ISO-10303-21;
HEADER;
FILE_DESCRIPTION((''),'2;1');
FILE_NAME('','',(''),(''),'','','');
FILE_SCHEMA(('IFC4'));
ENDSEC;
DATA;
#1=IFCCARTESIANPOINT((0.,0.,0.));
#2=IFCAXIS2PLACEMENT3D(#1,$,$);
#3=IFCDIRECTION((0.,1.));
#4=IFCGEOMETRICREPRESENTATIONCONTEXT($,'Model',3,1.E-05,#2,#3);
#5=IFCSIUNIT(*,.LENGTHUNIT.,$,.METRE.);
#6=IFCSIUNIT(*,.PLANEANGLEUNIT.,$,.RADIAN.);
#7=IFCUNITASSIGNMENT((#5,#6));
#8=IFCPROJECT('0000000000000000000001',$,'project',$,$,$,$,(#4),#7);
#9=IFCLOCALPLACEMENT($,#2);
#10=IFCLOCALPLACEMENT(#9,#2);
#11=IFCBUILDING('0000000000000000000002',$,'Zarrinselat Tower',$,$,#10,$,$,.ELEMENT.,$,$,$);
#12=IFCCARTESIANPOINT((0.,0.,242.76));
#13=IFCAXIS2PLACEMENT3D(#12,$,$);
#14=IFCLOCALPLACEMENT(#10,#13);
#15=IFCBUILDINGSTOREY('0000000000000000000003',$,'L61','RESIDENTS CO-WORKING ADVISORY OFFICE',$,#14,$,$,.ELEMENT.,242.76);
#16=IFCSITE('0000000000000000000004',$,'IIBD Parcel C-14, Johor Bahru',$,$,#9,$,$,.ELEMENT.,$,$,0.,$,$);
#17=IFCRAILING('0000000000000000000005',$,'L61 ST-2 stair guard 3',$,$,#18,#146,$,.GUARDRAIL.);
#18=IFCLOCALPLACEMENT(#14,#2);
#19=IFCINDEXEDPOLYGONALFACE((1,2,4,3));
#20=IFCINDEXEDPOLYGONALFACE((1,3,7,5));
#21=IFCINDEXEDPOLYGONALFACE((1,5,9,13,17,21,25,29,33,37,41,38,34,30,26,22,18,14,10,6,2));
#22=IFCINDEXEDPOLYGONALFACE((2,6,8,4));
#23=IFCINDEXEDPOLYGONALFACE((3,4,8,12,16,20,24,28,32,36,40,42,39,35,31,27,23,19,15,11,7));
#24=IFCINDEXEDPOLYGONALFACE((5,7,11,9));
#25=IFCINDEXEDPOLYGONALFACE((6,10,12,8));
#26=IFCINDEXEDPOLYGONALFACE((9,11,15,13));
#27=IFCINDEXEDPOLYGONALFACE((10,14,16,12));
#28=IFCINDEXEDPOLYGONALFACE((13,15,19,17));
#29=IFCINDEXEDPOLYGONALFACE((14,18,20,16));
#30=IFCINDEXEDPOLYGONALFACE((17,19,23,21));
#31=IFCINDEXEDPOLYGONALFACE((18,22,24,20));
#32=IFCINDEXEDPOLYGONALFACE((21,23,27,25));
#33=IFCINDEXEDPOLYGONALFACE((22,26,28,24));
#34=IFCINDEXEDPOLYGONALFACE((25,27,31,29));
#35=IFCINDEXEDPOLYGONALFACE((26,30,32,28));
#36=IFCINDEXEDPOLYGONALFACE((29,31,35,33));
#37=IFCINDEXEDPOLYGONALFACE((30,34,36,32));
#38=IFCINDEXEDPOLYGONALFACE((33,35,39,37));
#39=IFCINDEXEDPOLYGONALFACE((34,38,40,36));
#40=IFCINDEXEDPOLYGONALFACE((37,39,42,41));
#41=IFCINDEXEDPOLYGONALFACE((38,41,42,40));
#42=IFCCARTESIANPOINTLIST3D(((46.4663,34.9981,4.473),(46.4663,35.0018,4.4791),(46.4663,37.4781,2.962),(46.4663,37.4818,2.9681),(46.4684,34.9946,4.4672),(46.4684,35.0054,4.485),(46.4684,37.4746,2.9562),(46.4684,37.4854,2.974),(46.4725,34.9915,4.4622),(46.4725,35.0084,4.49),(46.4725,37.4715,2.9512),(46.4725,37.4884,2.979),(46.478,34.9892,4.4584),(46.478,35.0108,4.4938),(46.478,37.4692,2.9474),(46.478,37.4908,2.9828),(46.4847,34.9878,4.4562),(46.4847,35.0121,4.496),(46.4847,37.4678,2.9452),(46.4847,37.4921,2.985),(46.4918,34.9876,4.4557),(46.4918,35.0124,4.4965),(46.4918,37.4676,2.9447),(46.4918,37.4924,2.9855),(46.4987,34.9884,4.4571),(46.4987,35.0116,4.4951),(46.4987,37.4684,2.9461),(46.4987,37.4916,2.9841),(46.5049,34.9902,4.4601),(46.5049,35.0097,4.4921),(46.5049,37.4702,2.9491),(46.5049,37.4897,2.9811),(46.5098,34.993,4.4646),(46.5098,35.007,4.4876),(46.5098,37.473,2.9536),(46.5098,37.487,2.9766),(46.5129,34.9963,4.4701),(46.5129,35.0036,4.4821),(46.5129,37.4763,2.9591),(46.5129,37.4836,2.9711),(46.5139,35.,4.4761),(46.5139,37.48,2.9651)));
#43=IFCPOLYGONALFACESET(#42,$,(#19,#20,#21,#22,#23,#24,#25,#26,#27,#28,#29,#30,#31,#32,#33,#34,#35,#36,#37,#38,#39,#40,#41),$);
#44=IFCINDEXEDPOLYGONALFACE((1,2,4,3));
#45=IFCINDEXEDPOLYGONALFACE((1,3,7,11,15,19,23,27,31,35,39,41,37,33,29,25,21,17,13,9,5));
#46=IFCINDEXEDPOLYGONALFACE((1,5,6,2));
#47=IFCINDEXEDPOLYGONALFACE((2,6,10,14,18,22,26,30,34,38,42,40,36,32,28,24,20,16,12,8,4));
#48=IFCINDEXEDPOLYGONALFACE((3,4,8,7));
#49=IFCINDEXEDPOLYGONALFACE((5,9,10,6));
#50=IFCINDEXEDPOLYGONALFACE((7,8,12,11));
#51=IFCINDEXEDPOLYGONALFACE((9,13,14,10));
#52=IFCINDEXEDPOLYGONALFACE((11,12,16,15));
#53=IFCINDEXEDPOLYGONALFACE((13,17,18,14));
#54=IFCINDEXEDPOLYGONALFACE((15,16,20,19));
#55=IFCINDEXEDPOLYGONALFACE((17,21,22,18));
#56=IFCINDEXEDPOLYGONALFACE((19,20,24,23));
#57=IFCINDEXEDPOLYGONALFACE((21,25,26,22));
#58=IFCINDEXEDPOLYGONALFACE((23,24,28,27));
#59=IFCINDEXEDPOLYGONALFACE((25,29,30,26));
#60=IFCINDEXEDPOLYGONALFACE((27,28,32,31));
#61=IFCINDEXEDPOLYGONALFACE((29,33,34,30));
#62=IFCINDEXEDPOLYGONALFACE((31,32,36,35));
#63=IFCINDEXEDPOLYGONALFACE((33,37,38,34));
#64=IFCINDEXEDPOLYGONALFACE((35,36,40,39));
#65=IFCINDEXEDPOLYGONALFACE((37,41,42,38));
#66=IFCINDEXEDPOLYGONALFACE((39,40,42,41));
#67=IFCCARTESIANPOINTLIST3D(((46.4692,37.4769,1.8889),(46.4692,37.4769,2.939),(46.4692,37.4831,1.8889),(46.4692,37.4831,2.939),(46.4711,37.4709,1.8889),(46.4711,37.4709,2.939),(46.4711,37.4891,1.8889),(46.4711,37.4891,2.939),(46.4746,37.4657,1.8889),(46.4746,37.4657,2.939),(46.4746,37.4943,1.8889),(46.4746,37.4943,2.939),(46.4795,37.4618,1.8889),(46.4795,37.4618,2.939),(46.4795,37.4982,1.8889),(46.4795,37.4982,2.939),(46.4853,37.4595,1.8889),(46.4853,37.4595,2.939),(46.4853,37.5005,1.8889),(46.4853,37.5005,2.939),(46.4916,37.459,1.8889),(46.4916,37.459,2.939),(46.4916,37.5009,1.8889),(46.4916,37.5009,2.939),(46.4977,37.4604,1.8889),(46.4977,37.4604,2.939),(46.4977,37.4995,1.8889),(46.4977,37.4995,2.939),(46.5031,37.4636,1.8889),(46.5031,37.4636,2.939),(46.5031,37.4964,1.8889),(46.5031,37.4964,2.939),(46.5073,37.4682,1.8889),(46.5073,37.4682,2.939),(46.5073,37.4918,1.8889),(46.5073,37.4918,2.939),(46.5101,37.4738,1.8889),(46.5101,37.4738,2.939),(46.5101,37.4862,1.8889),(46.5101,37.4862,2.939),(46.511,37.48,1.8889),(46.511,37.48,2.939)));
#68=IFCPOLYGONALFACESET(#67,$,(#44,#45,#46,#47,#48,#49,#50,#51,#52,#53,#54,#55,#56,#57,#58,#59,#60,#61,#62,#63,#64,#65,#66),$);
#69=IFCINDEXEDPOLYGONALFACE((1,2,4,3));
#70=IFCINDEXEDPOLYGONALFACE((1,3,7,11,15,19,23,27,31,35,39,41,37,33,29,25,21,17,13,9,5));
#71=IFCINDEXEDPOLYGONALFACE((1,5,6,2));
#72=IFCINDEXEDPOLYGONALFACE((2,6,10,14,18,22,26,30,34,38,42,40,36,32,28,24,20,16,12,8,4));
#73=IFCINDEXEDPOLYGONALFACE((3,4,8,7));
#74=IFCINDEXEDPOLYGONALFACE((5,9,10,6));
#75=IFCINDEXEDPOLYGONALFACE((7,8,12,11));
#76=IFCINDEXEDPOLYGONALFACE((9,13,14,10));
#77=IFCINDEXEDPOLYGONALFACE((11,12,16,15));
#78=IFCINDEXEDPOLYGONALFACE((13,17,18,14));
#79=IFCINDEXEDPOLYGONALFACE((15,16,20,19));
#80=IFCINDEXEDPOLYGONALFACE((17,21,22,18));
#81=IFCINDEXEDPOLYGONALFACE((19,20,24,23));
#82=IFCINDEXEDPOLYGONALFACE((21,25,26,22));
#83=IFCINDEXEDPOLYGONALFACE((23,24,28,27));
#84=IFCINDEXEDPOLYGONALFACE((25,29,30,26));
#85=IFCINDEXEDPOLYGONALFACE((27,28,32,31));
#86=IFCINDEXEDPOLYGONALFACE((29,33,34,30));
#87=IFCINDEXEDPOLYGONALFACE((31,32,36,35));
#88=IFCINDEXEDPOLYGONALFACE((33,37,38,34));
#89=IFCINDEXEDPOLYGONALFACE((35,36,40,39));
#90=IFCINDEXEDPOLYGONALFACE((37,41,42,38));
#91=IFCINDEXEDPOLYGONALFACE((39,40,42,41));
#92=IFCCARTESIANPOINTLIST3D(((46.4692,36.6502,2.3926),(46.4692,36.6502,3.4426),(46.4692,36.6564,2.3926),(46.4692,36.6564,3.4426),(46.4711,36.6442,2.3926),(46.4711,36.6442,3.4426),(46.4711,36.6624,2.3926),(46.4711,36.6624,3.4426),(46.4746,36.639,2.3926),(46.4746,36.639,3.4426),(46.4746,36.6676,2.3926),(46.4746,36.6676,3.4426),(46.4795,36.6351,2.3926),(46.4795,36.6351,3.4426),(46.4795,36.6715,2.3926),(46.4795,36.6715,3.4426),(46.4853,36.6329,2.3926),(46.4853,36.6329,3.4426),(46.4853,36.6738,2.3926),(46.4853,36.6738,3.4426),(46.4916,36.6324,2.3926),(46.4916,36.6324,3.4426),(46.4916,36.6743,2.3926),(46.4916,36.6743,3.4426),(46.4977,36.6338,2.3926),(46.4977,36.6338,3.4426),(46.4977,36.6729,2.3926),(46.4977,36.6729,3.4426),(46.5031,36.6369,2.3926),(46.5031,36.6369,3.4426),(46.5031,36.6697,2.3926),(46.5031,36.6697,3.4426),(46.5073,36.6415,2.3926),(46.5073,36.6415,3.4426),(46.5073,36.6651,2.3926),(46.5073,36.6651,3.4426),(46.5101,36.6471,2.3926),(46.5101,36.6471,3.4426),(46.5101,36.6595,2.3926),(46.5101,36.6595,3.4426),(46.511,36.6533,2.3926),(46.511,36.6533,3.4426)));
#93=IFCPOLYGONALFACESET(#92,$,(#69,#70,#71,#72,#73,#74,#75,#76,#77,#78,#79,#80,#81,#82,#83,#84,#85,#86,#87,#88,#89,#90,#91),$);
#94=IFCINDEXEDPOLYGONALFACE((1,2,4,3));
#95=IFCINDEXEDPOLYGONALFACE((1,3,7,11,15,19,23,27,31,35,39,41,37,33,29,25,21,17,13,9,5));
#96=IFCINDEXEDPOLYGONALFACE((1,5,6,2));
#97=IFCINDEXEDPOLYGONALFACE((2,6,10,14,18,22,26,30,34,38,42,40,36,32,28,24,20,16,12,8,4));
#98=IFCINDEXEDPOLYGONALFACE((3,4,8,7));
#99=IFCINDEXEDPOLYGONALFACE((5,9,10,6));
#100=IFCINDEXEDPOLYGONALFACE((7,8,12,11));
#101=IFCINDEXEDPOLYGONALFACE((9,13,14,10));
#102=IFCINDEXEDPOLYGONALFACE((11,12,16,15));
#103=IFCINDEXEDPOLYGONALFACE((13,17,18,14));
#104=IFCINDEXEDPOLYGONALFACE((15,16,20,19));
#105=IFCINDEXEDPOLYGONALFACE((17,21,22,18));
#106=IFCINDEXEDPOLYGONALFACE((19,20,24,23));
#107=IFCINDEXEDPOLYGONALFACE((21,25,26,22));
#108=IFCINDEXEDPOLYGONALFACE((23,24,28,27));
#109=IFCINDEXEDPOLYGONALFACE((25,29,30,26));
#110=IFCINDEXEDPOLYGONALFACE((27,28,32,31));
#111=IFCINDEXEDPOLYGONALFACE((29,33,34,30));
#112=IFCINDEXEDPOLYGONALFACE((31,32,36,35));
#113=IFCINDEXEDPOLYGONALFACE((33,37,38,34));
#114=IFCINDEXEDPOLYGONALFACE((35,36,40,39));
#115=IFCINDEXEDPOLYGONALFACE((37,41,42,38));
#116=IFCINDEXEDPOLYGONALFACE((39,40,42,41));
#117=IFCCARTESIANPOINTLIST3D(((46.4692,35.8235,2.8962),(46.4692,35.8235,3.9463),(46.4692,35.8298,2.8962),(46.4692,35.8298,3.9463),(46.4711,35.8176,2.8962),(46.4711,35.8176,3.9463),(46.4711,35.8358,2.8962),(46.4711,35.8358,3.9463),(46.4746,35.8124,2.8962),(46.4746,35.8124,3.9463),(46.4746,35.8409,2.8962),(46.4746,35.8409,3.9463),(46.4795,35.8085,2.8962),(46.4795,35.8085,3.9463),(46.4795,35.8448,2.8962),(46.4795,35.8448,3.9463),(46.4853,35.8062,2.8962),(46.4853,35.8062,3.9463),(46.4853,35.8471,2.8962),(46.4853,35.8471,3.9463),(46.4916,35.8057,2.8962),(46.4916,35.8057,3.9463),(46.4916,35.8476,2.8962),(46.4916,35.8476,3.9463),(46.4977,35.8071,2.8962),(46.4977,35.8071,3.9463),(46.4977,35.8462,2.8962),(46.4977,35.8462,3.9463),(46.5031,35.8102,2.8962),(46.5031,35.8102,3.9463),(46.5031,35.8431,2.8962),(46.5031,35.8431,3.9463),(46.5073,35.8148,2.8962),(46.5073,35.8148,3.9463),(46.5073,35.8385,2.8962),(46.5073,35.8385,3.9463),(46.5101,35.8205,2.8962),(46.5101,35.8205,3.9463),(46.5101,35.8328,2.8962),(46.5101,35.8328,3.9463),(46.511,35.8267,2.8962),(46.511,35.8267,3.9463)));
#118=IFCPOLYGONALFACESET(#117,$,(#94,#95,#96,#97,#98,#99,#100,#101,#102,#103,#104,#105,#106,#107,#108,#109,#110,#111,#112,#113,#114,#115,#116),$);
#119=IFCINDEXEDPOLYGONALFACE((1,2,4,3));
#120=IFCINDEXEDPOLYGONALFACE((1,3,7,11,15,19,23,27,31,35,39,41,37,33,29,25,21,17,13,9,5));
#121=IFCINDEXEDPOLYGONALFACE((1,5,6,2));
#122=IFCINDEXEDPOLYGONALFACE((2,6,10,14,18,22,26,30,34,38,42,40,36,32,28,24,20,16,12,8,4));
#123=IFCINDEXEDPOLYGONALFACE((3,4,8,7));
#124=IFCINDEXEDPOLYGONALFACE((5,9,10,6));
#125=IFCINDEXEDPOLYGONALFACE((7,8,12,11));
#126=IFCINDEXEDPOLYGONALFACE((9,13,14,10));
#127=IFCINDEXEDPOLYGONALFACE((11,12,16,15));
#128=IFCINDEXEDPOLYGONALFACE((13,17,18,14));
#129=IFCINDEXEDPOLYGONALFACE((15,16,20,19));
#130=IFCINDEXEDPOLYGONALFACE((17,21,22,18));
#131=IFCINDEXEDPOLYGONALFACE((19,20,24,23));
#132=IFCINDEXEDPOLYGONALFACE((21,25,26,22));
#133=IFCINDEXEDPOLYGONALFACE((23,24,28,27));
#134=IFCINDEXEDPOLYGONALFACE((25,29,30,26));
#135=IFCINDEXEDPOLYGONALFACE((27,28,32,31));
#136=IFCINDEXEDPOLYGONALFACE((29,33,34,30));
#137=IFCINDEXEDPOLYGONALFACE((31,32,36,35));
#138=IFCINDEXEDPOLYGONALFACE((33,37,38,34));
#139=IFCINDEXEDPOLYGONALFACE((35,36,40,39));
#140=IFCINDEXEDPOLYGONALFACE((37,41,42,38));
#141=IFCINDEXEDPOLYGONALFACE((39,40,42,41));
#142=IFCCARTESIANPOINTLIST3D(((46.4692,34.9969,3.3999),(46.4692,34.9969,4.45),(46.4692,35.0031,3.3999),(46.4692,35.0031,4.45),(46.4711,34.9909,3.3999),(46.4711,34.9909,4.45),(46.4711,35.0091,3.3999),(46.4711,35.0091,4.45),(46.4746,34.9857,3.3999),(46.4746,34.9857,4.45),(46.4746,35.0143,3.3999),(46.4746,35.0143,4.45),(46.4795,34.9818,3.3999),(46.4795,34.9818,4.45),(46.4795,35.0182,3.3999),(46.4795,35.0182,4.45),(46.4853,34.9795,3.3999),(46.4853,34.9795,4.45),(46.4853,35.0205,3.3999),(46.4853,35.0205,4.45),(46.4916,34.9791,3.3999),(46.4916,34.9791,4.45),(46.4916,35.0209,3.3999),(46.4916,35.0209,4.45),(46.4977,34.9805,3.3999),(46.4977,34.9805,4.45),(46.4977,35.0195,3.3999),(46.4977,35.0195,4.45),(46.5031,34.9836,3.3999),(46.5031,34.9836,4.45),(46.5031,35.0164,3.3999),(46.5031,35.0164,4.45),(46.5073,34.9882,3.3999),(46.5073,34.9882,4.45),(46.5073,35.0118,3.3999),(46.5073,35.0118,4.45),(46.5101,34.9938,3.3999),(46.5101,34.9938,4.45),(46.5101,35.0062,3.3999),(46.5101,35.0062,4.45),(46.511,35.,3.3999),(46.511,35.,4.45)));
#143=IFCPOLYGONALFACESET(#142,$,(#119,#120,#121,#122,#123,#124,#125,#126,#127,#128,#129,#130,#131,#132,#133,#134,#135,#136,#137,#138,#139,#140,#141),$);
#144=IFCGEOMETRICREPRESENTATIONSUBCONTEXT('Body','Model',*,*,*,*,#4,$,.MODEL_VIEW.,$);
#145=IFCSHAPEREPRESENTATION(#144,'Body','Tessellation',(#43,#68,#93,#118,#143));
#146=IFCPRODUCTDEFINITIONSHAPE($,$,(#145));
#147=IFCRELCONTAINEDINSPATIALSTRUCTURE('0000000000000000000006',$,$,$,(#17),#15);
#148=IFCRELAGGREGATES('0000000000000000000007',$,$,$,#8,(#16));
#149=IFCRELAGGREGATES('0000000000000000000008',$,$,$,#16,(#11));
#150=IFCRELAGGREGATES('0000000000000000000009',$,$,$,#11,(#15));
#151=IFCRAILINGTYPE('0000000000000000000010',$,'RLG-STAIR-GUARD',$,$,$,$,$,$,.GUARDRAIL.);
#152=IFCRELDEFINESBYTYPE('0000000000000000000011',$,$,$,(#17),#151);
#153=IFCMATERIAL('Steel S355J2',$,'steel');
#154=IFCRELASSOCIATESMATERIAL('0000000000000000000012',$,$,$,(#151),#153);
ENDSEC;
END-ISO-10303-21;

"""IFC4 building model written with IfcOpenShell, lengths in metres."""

from ifc_helpers import new_model, si_unit, direction, frame, origin, origin_2d, place, context, subcontext, project, spatial, circle, extrude, material, type_object, element, save


model = new_model("IFC4")

# Units and contexts
model_context = context("Model", 3, precision=1e-05, world=origin(), true_north=direction((0.0, 1.0)))
body_context = subcontext(model_context, "Body", "Model", "MODEL_VIEW")
ifc_project = project(units=[si_unit("LENGTHUNIT", "METRE"), si_unit("PLANEANGLEUNIT", "RADIAN")], contexts=[model_context])

# Site, building, storey
site_placement = place(None, origin())
site = spatial("IfcSite", under=ifc_project, at=site_placement, Name="IIBD Parcel C-14, Johor Bahru", CompositionType="ELEMENT", RefElevation=0.0)
building_placement = place(site_placement, origin())
building = spatial("IfcBuilding", under=site, at=building_placement, Name="Zarrinselat Tower", CompositionType="ELEMENT")
storey_placement = place(building_placement, frame((0.0, 0.0, 242.76)))
storey = spatial("IfcBuildingStorey", under=building, at=storey_placement, Name="L61", Description="RESIDENTS CO-WORKING ADVISORY OFFICE", CompositionType="ELEMENT", Elevation=242.76)

# Railing
ifc_material_1 = material(Name="Steel S355J2", Category="steel")
railing_type_1 = type_object("IfcRailingType", Name="RLG-STAIR-GUARD", PredefinedType="GUARDRAIL", material=ifc_material_1)
railing_1_placement = place(storey_placement, frame((46.49, 37.48, 1.8889)))
element("IfcRailing", 1, at=railing_1_placement, inside=storey, type_object=railing_type_1, Name="L61 ST-2 stair guard 3", PredefinedType="GUARDRAIL", context=body_context, shape_type="SweptSolid", body=[
    extrude(circle(Radius=0.0239, at=origin_2d()), frame((0.0, 0.0, 1.0762), z_axis=(0.0, -0.853979, 0.520307), x_axis=(1.0, 0.0, 0.0)), (0.0, 0.0, 1.0), 2.9041),
    extrude(circle(Radius=0.021, at=origin_2d()), origin(), (0.0, 0.0, 1.0), 1.05),
    extrude(circle(Radius=0.021, at=origin_2d()), frame((0.0, -0.8267, 0.5037)), (0.0, 0.0, 1.0), 1.05),
    extrude(circle(Radius=0.021, at=origin_2d()), frame((0.0, -1.6533, 1.0073)), (0.0, 0.0, 1.0), 1.05),
    extrude(circle(Radius=0.021, at=origin_2d()), frame((0.0, -2.48, 1.511)), (0.0, 0.0, 1.0), 1.05),
])

save(model, "model.ifc")
